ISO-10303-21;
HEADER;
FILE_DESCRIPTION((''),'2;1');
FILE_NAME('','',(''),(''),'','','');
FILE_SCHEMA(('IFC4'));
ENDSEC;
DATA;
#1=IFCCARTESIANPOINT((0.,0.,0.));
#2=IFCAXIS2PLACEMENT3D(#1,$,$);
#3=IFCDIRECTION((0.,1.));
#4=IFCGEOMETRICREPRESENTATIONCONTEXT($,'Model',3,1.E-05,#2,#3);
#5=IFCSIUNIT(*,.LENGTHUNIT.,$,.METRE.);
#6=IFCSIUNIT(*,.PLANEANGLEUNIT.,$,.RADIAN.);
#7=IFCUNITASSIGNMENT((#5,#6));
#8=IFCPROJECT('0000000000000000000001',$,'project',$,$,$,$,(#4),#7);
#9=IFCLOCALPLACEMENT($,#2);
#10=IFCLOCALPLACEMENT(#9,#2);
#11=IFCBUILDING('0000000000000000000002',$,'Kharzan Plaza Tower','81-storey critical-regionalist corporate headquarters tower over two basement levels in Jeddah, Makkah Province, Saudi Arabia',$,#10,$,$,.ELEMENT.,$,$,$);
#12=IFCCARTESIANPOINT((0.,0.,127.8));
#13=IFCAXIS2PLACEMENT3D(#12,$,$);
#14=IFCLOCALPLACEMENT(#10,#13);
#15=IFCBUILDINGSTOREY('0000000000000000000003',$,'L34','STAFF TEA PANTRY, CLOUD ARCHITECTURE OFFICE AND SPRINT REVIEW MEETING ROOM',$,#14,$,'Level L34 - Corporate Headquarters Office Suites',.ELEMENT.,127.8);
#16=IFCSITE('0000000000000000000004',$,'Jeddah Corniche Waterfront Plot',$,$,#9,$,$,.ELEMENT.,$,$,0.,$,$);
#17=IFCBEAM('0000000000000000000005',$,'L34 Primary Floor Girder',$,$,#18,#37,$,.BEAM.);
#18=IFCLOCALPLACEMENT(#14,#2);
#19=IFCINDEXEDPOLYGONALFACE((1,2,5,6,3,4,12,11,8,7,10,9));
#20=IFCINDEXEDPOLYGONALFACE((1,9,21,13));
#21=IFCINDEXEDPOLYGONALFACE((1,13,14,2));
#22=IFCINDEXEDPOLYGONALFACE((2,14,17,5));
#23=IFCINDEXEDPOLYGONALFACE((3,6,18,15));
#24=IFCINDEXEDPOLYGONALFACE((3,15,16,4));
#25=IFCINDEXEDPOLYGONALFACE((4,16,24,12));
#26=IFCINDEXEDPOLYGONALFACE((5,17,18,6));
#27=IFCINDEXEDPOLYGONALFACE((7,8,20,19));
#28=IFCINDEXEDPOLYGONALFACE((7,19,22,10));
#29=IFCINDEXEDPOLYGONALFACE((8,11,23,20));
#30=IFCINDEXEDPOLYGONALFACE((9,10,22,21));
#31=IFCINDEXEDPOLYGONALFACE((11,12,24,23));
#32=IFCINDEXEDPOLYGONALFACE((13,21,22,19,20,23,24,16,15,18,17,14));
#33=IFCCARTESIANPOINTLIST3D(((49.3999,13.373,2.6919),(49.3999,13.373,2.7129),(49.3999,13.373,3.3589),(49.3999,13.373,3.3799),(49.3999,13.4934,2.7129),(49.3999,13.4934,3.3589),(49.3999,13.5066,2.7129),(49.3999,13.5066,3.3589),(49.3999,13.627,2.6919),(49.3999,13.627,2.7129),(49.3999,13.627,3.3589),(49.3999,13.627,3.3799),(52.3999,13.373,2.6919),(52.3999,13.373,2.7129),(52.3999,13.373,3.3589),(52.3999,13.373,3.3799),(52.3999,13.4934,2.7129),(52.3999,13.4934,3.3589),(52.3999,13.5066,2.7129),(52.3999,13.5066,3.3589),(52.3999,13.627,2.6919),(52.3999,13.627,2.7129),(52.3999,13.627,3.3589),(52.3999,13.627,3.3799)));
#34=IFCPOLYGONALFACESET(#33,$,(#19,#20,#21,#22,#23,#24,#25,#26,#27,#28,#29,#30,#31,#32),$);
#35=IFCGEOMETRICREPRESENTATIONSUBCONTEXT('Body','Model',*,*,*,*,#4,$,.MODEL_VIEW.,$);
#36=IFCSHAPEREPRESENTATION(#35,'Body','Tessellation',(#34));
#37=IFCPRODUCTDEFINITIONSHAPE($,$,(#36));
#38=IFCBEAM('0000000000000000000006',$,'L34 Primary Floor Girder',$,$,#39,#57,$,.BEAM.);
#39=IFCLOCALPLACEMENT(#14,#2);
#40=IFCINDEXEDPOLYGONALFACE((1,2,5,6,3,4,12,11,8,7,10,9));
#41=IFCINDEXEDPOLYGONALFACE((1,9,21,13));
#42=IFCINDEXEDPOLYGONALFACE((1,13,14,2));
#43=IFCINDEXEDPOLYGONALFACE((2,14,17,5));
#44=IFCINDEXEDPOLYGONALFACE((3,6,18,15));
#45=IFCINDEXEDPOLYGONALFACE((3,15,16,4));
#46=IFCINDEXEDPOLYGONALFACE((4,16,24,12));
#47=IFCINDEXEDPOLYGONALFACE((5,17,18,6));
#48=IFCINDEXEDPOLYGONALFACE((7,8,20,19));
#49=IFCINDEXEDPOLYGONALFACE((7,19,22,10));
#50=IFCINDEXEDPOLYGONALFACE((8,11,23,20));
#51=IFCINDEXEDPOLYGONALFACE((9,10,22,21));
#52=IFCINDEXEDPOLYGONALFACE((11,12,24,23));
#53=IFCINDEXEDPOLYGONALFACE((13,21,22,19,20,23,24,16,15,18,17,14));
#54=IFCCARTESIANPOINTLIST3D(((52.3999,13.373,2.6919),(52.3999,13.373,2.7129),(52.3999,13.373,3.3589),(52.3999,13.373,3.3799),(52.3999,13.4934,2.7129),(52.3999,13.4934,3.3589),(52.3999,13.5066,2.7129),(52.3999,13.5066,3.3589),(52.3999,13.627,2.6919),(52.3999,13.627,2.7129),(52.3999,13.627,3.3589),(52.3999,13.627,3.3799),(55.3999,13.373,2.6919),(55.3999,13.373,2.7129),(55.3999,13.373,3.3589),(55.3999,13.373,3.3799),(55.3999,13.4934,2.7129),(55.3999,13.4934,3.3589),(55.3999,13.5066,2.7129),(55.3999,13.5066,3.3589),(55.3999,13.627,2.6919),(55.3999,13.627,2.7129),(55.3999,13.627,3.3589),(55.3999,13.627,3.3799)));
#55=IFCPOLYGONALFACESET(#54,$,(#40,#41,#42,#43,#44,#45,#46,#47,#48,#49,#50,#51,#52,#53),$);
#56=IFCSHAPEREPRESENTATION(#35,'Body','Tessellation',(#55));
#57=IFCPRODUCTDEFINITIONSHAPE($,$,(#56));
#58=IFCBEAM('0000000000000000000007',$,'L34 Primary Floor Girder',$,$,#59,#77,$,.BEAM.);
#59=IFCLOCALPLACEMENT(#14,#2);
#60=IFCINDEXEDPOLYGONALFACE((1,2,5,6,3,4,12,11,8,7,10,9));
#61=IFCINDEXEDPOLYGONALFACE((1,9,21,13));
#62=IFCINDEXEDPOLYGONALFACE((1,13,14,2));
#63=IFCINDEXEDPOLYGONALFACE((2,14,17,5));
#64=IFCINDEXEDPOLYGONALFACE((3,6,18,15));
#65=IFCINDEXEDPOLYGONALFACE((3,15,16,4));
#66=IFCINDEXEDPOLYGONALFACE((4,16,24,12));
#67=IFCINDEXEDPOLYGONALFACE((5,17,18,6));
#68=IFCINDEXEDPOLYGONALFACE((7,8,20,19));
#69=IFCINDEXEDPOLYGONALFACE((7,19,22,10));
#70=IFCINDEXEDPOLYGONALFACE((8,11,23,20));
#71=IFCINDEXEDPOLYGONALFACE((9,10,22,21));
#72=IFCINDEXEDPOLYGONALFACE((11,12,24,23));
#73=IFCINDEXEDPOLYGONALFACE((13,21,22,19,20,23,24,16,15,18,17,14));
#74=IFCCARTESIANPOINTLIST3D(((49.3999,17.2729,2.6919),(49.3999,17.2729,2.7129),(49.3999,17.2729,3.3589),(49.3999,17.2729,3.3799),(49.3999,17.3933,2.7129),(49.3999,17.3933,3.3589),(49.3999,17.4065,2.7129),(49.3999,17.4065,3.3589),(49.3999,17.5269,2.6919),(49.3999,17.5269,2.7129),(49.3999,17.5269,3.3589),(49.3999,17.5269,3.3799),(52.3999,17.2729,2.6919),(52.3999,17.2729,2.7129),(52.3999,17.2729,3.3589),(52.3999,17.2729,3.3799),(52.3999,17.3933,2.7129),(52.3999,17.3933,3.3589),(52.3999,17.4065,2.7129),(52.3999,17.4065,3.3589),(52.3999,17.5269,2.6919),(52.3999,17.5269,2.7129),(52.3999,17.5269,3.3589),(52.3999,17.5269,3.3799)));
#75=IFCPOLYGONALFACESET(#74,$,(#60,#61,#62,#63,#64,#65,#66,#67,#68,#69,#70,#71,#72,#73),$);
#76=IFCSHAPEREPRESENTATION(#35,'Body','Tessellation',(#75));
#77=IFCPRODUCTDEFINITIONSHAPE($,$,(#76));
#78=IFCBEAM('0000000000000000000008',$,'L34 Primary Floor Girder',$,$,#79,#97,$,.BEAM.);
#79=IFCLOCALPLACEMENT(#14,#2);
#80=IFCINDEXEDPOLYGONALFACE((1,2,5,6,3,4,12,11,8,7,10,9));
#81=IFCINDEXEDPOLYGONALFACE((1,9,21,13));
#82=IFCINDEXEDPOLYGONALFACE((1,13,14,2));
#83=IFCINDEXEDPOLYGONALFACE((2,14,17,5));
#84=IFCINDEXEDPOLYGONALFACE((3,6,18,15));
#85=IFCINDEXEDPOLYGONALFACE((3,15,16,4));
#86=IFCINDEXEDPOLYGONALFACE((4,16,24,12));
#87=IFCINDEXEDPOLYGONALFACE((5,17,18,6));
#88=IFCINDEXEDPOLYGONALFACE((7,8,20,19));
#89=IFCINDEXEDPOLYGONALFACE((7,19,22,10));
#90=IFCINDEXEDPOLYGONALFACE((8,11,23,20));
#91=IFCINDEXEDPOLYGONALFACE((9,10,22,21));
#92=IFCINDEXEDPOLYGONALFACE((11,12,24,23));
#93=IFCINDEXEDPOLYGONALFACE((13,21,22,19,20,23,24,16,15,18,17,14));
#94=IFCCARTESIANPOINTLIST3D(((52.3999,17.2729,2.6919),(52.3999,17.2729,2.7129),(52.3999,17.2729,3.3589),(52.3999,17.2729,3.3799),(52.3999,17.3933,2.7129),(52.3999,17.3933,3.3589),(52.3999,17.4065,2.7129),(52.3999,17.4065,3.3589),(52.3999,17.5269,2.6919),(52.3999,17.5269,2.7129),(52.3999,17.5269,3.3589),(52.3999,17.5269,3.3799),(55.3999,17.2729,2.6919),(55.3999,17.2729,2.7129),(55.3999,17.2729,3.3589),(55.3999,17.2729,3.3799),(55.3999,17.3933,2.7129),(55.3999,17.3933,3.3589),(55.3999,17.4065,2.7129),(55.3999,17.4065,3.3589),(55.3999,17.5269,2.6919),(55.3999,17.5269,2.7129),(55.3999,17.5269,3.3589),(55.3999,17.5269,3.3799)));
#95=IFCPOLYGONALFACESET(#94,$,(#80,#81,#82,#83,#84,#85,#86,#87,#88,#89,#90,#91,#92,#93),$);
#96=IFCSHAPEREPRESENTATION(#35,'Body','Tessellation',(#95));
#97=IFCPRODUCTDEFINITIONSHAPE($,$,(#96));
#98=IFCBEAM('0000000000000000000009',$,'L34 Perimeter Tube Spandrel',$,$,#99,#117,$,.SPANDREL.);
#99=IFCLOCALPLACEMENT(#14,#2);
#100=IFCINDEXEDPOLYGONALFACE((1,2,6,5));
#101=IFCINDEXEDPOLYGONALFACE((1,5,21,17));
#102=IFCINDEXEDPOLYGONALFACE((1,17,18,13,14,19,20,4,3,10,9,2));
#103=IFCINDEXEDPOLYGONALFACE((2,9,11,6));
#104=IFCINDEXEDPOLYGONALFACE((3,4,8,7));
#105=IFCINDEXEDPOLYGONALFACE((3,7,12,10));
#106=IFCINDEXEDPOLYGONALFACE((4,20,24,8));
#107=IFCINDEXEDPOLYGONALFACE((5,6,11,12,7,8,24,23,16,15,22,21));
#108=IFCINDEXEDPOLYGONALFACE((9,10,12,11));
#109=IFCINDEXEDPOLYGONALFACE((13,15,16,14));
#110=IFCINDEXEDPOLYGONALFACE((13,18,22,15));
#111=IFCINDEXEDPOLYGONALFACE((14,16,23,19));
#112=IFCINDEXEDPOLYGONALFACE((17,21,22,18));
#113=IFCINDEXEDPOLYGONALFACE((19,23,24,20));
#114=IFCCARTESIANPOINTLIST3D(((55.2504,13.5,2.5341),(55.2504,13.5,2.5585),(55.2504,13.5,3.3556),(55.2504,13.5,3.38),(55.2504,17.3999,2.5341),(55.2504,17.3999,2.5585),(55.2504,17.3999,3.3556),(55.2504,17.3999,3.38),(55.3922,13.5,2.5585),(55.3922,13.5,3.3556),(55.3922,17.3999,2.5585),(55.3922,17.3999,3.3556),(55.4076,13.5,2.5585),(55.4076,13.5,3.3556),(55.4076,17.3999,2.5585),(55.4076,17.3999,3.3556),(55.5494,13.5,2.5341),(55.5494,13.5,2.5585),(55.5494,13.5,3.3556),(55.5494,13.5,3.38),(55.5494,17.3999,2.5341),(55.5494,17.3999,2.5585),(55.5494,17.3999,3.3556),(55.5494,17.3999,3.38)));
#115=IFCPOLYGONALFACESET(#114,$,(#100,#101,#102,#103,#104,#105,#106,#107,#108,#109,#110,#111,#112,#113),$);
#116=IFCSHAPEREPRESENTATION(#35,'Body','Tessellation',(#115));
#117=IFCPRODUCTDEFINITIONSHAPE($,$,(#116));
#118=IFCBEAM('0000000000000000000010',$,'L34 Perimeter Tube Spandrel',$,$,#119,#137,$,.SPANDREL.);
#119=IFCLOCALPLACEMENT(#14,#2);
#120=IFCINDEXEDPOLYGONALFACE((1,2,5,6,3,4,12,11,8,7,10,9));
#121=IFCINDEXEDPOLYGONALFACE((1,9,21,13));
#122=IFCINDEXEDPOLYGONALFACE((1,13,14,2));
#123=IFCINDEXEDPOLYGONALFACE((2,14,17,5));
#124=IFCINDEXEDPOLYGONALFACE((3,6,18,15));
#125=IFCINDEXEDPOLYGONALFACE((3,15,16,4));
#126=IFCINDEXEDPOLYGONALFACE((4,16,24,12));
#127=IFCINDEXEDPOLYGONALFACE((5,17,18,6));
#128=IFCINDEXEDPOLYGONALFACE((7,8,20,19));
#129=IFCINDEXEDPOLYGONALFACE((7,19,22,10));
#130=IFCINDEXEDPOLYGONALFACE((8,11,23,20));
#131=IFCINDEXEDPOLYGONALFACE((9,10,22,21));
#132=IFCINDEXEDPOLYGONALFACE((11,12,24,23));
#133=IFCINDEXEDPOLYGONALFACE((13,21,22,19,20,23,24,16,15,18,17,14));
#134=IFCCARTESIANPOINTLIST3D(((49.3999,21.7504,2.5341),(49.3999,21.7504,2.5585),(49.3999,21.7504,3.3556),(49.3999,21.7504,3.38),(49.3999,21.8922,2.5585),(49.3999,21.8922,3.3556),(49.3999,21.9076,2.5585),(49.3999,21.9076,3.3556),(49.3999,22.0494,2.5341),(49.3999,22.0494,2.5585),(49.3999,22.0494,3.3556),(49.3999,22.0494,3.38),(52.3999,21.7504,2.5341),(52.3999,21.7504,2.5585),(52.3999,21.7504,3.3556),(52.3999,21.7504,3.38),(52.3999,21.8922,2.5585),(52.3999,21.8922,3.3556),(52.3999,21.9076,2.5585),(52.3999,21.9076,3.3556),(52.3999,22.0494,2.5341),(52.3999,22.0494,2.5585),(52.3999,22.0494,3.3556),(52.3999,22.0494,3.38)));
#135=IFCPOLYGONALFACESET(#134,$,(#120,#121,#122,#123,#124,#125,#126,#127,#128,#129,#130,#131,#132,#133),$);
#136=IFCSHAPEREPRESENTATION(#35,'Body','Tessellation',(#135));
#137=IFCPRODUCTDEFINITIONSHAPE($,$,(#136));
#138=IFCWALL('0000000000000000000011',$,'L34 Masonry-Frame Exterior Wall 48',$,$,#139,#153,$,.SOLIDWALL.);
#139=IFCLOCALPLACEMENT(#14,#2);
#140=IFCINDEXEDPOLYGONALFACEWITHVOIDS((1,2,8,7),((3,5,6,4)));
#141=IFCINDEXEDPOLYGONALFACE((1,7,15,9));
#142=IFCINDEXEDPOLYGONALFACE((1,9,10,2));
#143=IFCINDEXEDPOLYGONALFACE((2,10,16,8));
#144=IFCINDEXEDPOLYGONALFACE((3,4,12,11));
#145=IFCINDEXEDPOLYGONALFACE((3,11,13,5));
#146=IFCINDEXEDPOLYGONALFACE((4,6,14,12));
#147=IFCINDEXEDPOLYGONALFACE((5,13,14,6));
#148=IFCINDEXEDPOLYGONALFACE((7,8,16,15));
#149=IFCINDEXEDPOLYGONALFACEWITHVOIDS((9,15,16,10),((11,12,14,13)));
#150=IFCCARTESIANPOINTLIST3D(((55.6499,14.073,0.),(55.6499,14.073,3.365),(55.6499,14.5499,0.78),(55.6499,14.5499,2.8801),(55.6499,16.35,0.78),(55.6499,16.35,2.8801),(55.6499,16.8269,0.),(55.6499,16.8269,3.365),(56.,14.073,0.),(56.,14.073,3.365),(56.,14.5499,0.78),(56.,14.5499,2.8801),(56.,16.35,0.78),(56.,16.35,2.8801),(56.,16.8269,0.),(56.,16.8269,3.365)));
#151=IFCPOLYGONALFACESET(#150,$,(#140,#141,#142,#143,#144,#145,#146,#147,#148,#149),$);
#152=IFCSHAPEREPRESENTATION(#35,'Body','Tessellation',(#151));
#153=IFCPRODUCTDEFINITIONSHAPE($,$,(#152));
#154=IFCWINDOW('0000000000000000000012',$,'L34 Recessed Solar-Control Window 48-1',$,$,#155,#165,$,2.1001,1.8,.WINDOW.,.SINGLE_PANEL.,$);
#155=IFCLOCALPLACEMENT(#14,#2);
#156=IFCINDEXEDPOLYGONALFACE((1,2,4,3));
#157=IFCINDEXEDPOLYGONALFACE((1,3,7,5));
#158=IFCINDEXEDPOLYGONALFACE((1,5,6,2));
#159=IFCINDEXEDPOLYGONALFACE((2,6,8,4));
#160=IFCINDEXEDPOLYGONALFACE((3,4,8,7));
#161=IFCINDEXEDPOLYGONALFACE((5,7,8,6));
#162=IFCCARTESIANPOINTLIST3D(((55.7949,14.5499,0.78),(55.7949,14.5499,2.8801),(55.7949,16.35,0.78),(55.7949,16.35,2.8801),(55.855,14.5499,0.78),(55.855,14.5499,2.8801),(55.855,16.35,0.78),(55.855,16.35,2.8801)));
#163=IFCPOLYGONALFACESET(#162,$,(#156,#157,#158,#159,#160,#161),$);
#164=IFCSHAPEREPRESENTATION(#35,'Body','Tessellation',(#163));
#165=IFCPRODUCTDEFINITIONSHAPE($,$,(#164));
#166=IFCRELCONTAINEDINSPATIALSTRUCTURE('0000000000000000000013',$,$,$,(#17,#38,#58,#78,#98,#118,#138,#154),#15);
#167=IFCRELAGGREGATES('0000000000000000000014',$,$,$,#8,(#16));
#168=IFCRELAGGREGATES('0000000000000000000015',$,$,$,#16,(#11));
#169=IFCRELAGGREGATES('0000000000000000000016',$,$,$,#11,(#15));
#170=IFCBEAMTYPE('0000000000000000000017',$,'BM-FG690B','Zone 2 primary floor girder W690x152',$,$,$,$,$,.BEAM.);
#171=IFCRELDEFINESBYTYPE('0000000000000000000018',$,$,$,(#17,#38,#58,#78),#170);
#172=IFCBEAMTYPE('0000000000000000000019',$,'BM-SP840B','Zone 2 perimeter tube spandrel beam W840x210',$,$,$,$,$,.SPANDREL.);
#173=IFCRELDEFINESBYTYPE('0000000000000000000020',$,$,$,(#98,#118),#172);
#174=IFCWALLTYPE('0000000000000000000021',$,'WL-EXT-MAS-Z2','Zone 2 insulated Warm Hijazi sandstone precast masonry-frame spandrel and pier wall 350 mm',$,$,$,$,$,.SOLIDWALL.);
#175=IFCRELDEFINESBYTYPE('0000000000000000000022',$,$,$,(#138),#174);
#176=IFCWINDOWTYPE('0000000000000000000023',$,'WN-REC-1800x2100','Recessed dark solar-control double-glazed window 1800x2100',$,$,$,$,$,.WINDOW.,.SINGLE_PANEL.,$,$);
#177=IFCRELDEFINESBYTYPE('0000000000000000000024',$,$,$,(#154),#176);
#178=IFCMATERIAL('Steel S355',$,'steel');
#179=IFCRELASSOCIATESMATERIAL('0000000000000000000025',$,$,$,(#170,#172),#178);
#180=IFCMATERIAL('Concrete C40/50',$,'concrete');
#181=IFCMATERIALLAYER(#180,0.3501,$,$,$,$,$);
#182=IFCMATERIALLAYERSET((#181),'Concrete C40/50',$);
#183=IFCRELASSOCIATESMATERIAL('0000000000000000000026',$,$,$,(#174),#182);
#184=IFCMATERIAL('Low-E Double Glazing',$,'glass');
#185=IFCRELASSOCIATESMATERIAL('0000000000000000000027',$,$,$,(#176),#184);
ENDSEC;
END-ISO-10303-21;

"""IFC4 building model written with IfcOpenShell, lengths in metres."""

from ifc_helpers import new_model, si_unit, direction, frame, frame_2d, origin, origin_2d, place, context, subcontext, project, spatial, rectangle, i_section, extrude, source, transform, mapped, material, layer, layer_set, material_profile, profile_set, type_object, element, fill, save


model = new_model("IFC4")

# Units and contexts
model_context = context("Model", 3, precision=1e-05, world=origin(), true_north=direction((0.0, 1.0)))
body_context = subcontext(model_context, "Body", "Model", "MODEL_VIEW")
ifc_project = project(units=[si_unit("LENGTHUNIT", "METRE"), si_unit("PLANEANGLEUNIT", "RADIAN")], contexts=[model_context])

# Site, building, storey
site_placement = place(None, origin())
site = spatial("IfcSite", under=ifc_project, at=site_placement, Name="Jeddah Corniche Waterfront Plot", CompositionType="ELEMENT", RefElevation=0.0)
building_placement = place(site_placement, origin())
building = spatial("IfcBuilding", under=site, at=building_placement, Name="Kharzan Plaza Tower", Description="81-storey critical-regionalist corporate headquarters tower over two basement levels in Jeddah, Makkah Province, Saudi Arabia", CompositionType="ELEMENT")
storey_placement = place(building_placement, frame((0.0, 0.0, 127.8)))
storey = spatial("IfcBuildingStorey", under=building, at=storey_placement, Name="L34", Description="STAFF TEA PANTRY, CLOUD ARCHITECTURE OFFICE AND SPRINT REVIEW MEETING ROOM", LongName="Level L34 - Corporate Headquarters Office Suites", CompositionType="ELEMENT", Elevation=127.8)

# Beams
ifc_material_1 = material(Name="Steel S355", Category="steel")
ifc_material_profile_1 = material_profile(ifc_material_1, i_section(OverallWidth=0.2539, OverallDepth=0.688, WebThickness=0.0132, FlangeThickness=0.021, at=origin_2d()), Name="W690x152")
ifc_profile_set_1 = profile_set([ifc_material_profile_1], Name="Steel S355")
beam_type_1 = type_object("IfcBeamType", Name="BM-FG690B", Description="Zone 2 primary floor girder W690x152", PredefinedType="BEAM", material=ifc_profile_set_1)
shared_shape_1 = source(origin(), body_context, "Body", "SweptSolid", [
    extrude(i_section(OverallWidth=0.2539, OverallDepth=0.688, WebThickness=0.0132, FlangeThickness=0.021, at=origin_2d()), origin(), (0.0, 0.0, 1.0), 3.0),
])
for number, where, z_axis, x_axis, name in (
    (1, (49.3999, 13.5, 3.0359), (1.0, 0.0, 0.0), (0.0, 1.0, 0.0), "L34 Primary Floor Girder"),
    (2, (52.3999, 13.5, 3.0359), (1.0, 0.0, 0.0), (0.0, 1.0, 0.0), "L34 Primary Floor Girder"),
    (3, (49.3999, 17.3999, 3.0359), (1.0, 0.0, 0.0), (0.0, 1.0, 0.0), "L34 Primary Floor Girder"),
    (4, (52.3999, 17.3999, 3.0359), (1.0, 0.0, 0.0), (0.0, 1.0, 0.0), "L34 Primary Floor Girder"),
):
    element("IfcBeam", number, at=place(storey_placement, frame(where, z_axis=z_axis, x_axis=x_axis)), inside=storey, type_object=beam_type_1, Name=name, PredefinedType="BEAM", context=body_context, shape_type="MappedRepresentation", body=[
        mapped(shared_shape_1, transform((0.0, 0.0, 0.0), x_axis=(1.0, 0.0, 0.0), y_axis=(0.0, 1.0, 0.0), z_axis=(0.0, 0.0, 1.0))),
    ])
ifc_material_profile_2 = material_profile(ifc_material_1, i_section(OverallWidth=0.2991, OverallDepth=0.8459, WebThickness=0.0154, FlangeThickness=0.0244, at=origin_2d()), Name="W840x210")
ifc_profile_set_2 = profile_set([ifc_material_profile_2], Name="Steel S355")
beam_type_2 = type_object("IfcBeamType", Name="BM-SP840B", Description="Zone 2 perimeter tube spandrel beam W840x210", PredefinedType="SPANDREL", material=ifc_profile_set_2)
shared_shape_2 = source(origin(), body_context, "Body", "SweptSolid", [
    extrude(i_section(OverallWidth=0.2991, OverallDepth=0.8459, WebThickness=0.0154, FlangeThickness=0.0244, at=origin_2d()), origin(), (0.0, 0.0, 1.0), 3.8999),
])
beam_1_placement = place(storey_placement, frame((55.3999, 13.5, 2.957), z_axis=(0.0, 1.0, 0.0), x_axis=(-1.0, 0.0, 0.0)))
element("IfcBeam", 5, at=beam_1_placement, inside=storey, type_object=beam_type_2, Name="L34 Perimeter Tube Spandrel", PredefinedType="SPANDREL", context=body_context, shape_type="MappedRepresentation", body=[
    mapped(shared_shape_2, transform((0.0, 0.0, 0.0), x_axis=(1.0, 0.0, 0.0), y_axis=(0.0, 1.0, 0.0), z_axis=(0.0, 0.0, 1.0))),
])
shared_shape_3 = source(origin(), body_context, "Body", "SweptSolid", [
    extrude(i_section(OverallWidth=0.2991, OverallDepth=0.8459, WebThickness=0.0154, FlangeThickness=0.0244, at=origin_2d()), origin(), (0.0, 0.0, 1.0), 3.0),
])
beam_2_placement = place(storey_placement, frame((49.3999, 21.8999, 2.957), z_axis=(1.0, 0.0, 0.0), x_axis=(0.0, 1.0, 0.0)))
element("IfcBeam", 6, at=beam_2_placement, inside=storey, type_object=beam_type_2, Name="L34 Perimeter Tube Spandrel", PredefinedType="SPANDREL", context=body_context, shape_type="MappedRepresentation", body=[
    mapped(shared_shape_3, transform((0.0, 0.0, 0.0), x_axis=(1.0, 0.0, 0.0), y_axis=(0.0, 1.0, 0.0), z_axis=(0.0, 0.0, 1.0))),
])

# Wall, opening, window
ifc_material_2 = material(Name="Concrete C40/50", Category="concrete")
ifc_layer_1 = layer(ifc_material_2, 0.3501)
ifc_layer_set_1 = layer_set([ifc_layer_1], Name="Concrete C40/50")
wall_type_1 = type_object("IfcWallType", Name="WL-EXT-MAS-Z2", Description="Zone 2 insulated Warm Hijazi sandstone precast masonry-frame spandrel and pier wall 350 mm", PredefinedType="SOLIDWALL", material=ifc_layer_set_1)
wall_1_placement = place(storey_placement, frame((55.825, 14.073, 0.0), z_axis=(0.0, 0.0, 1.0), x_axis=(0.0, 1.0, 0.0)))
wall_1 = element("IfcWall", 7, at=wall_1_placement, inside=storey, type_object=wall_type_1, Name="L34 Masonry-Frame Exterior Wall 48", PredefinedType="SOLIDWALL", context=body_context, shape_type="SweptSolid", body=[
    extrude(rectangle(XDim=2.7539, YDim=0.3501, at=frame_2d((1.377, 0.0))), origin(), (0.0, 0.0, 1.0), 3.365),
])
opening_1_placement = place(wall_1_placement, frame((0.4771, 0.0, 0.78)))
opening_1 = element("IfcOpeningElement", 8, at=opening_1_placement, cuts=wall_1, PredefinedType="OPENING", context=body_context, shape_type="SweptSolid", body=[
    extrude(rectangle(XDim=1.8, YDim=2.1001, at=frame_2d((0.8999, 1.05))), frame((0.0, 0.1851, 0.0), z_axis=(0.0, -1.0, 0.0), x_axis=(1.0, 0.0, 0.0)), (0.0, 0.0, 1.0), 0.3701),
])
ifc_material_3 = material(Name="Low-E Double Glazing", Category="glass")
window_type_1 = type_object("IfcWindowType", Name="WN-REC-1800x2100", Description="Recessed dark solar-control double-glazed window 1800x2100", PartitioningType="SINGLE_PANEL", PredefinedType="WINDOW", material=ifc_material_3)
shared_shape_4 = source(origin(), body_context, "Body", "SweptSolid", [
    extrude(rectangle(XDim=1.8, YDim=2.1001, at=frame_2d((0.8999, 1.05))), frame((0.0, 0.03, 0.0), z_axis=(0.0, -1.0, 0.0), x_axis=(1.0, 0.0, 0.0)), (0.0, 0.0, 1.0), 0.0601),
])
window_1_placement = place(opening_1_placement, origin())
window_1 = element("IfcWindow", 9, at=window_1_placement, inside=storey, type_object=window_type_1, Name="L34 Recessed Solar-Control Window 48-1", OverallHeight=2.1001, OverallWidth=1.8, PartitioningType="SINGLE_PANEL", PredefinedType="WINDOW", context=body_context, shape_type="MappedRepresentation", body=[
    mapped(shared_shape_4, transform((0.0, 0.0, 0.0), x_axis=(1.0, 0.0, 0.0), y_axis=(0.0, 1.0, 0.0), z_axis=(0.0, 0.0, 1.0))),
])
fill(opening_1, window_1)

save(model, "model.ifc")
